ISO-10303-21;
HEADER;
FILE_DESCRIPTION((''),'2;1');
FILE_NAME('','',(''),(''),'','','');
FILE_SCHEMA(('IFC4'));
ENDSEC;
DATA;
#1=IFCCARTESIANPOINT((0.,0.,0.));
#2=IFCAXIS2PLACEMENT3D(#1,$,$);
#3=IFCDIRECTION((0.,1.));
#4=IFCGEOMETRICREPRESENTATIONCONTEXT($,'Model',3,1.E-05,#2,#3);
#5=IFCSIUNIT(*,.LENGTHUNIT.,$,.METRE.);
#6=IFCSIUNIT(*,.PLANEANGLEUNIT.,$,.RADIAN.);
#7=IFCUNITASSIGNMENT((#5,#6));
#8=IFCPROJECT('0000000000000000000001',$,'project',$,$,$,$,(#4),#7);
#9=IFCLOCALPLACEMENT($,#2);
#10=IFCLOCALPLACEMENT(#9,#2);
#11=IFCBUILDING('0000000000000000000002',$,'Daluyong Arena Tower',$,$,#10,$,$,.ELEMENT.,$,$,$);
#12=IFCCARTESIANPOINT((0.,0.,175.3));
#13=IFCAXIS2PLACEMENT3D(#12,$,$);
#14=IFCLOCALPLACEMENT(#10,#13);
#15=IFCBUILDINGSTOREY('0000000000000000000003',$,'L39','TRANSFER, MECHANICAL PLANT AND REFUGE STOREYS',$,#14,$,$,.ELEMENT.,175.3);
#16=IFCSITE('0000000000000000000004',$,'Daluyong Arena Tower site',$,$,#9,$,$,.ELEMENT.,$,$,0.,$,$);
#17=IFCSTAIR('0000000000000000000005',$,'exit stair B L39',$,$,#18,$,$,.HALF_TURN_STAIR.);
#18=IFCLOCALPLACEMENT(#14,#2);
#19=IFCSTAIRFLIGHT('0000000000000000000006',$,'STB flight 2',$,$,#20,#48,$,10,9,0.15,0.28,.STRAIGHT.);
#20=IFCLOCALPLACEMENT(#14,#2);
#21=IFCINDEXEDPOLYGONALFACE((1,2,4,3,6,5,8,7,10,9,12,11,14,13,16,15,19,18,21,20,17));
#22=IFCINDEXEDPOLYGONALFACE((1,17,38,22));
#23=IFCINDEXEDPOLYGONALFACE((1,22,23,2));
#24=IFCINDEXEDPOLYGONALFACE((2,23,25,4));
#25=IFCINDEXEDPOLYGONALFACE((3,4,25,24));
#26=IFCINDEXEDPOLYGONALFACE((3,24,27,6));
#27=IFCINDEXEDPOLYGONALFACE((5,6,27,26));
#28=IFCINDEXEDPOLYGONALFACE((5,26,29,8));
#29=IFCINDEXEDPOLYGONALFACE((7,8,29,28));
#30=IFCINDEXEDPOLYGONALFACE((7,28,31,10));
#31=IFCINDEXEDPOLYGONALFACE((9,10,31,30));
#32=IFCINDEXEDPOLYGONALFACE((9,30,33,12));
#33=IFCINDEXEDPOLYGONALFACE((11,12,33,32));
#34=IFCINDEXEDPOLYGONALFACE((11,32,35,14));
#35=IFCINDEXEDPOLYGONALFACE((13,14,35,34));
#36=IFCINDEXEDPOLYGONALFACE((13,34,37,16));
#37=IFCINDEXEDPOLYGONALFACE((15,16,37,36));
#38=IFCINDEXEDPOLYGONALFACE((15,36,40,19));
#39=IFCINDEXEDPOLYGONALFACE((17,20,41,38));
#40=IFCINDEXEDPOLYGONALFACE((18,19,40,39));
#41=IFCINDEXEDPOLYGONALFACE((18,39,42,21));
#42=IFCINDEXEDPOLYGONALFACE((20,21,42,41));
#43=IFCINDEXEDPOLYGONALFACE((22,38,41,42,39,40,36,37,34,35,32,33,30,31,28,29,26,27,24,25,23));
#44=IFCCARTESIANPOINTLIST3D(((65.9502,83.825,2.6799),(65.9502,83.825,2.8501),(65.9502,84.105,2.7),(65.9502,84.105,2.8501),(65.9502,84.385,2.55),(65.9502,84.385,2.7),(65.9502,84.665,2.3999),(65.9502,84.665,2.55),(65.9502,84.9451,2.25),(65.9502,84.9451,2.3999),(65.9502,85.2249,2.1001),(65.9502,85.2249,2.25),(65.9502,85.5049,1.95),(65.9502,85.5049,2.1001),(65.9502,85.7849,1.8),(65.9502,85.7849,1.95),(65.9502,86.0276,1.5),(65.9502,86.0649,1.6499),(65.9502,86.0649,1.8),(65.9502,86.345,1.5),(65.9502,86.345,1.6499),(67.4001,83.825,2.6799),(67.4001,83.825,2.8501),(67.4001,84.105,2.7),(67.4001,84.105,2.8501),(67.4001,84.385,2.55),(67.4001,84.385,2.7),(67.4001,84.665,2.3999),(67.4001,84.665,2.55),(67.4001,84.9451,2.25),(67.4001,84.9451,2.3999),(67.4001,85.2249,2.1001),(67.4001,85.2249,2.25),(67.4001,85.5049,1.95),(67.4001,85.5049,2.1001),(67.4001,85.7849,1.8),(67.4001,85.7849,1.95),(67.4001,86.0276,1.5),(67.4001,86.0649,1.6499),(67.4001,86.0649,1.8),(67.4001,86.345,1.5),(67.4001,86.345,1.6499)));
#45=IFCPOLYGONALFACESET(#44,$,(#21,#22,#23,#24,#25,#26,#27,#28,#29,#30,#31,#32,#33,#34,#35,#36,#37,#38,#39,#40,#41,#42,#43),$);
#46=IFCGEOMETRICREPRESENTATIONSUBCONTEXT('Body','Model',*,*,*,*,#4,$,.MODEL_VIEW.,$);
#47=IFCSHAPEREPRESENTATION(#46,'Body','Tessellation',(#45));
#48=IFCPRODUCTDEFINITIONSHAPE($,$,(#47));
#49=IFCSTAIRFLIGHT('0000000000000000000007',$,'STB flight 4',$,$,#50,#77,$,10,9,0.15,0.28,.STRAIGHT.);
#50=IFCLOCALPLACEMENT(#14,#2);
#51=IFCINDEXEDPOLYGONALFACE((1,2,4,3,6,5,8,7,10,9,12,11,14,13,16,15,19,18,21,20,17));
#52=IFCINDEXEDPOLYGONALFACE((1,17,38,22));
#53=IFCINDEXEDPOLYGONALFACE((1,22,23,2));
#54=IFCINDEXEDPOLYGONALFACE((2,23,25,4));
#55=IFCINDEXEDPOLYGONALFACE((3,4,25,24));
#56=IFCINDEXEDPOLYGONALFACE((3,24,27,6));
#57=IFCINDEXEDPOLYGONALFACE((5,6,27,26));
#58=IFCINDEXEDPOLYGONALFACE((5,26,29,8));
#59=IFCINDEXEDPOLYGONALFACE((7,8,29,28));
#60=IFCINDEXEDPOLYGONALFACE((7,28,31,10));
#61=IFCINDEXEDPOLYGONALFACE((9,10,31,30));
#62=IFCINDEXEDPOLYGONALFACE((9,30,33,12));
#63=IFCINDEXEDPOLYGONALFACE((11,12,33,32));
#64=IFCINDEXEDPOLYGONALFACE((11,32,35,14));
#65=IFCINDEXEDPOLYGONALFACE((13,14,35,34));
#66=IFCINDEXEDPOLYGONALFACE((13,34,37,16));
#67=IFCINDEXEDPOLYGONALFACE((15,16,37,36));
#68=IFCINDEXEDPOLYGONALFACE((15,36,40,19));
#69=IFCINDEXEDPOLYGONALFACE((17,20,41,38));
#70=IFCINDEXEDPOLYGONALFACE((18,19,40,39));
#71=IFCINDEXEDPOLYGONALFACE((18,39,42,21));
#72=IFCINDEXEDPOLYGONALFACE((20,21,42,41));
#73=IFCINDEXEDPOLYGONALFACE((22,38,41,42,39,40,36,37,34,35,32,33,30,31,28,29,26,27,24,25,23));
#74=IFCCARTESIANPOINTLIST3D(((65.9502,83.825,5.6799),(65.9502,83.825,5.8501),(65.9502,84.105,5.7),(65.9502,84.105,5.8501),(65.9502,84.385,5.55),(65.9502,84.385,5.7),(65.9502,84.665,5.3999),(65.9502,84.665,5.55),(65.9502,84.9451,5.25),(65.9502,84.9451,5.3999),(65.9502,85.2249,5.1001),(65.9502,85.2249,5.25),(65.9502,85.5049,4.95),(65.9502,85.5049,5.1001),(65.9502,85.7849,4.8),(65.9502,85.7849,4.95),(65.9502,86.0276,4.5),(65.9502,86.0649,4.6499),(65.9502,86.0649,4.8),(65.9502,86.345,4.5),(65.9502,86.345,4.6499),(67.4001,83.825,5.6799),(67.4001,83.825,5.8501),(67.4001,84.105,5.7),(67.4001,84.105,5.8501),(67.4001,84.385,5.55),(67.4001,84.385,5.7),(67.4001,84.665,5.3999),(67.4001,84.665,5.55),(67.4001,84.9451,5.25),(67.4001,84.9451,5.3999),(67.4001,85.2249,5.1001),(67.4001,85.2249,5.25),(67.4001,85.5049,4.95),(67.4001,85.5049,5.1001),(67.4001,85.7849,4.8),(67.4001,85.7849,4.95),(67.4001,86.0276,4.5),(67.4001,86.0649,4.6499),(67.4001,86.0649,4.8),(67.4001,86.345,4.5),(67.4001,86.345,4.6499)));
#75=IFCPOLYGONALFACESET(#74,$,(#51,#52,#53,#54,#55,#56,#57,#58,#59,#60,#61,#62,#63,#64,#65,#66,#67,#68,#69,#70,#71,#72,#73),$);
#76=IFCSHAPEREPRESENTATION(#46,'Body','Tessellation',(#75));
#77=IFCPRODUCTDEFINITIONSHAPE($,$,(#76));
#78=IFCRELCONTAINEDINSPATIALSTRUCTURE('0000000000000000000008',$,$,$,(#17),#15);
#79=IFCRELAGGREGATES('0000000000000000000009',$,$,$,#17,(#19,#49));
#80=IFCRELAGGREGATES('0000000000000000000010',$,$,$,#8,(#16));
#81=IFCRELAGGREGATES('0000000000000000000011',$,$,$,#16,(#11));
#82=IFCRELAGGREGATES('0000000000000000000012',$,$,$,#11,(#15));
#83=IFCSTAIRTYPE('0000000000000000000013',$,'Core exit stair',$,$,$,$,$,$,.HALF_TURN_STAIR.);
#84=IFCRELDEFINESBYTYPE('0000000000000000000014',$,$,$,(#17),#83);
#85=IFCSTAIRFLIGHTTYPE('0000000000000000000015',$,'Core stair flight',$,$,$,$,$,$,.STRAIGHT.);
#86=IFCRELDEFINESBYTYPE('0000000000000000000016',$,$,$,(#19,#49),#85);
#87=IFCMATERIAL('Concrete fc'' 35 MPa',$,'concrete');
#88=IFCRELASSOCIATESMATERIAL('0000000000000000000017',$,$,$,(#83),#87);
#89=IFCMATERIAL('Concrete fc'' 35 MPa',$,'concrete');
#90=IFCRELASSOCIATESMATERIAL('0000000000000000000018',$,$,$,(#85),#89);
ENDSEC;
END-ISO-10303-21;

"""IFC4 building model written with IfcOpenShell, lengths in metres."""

from ifc_helpers import new_model, si_unit, direction, frame, origin, place, context, subcontext, project, spatial, polyline, outline, extrude, material, type_object, element, aggregate, save


model = new_model("IFC4")

# Units and contexts
model_context = context("Model", 3, precision=1e-05, world=origin(), true_north=direction((0.0, 1.0)))
body_context = subcontext(model_context, "Body", "Model", "MODEL_VIEW")
ifc_project = project(units=[si_unit("LENGTHUNIT", "METRE"), si_unit("PLANEANGLEUNIT", "RADIAN")], contexts=[model_context])

# Site, building, storey
site_placement = place(None, origin())
site = spatial("IfcSite", under=ifc_project, at=site_placement, Name="Daluyong Arena Tower site", CompositionType="ELEMENT", RefElevation=0.0)
building_placement = place(site_placement, origin())
building = spatial("IfcBuilding", under=site, at=building_placement, Name="Daluyong Arena Tower", CompositionType="ELEMENT")
storey_placement = place(building_placement, frame((0.0, 0.0, 175.3)))
storey = spatial("IfcBuildingStorey", under=building, at=storey_placement, Name="L39", Description="TRANSFER, MECHANICAL PLANT AND REFUGE STOREYS", CompositionType="ELEMENT", Elevation=175.3)

# Stair, stair flights
ifc_material_1 = material(Name="Concrete fc' 35 MPa", Category="concrete")
stair_type = type_object("IfcStairType", Name="Core exit stair", PredefinedType="HALF_TURN_STAIR", material=ifc_material_1)
stair_placement = place(storey_placement, origin())
stair = element("IfcStair", 1, at=stair_placement, inside=storey, type_object=stair_type, Name="exit stair B L39", PredefinedType="HALF_TURN_STAIR")
ifc_material_2 = material(Name="Concrete fc' 35 MPa", Category="concrete")
stair_flight_type = type_object("IfcStairFlightType", Name="Core stair flight", PredefinedType="STRAIGHT", material=ifc_material_2)
stair_flight_1_placement = place(storey_placement, frame((66.675, 86.345, 1.5), z_axis=(0.0, 0.0, 1.0), x_axis=(0.0, -1.0, 0.0)))
stair_flight_1 = element("IfcStairFlight", 2, at=stair_flight_1_placement, type_object=stair_flight_type, Name="STB flight 2", NumberOfRisers=10, NumberOfTreads=9, PredefinedType="STRAIGHT", RiserHeight=0.15, TreadLength=0.28, context=body_context, shape_type="SweptSolid", body=[
    extrude(outline(polyline([(0.0, 0.0), (0.0, 0.1499), (0.28, 0.1499), (0.28, 0.3), (0.5601, 0.3), (0.5601, 0.45), (0.8401, 0.45), (0.8401, 0.6001), (1.1201, 0.6001), (1.1201, 0.75), (1.3999, 0.75), (1.3999, 0.8999), (1.6799, 0.8999), (1.6799, 1.05), (1.96, 1.05), (1.96, 1.2), (2.24, 1.2), (2.24, 1.3501), (2.52, 1.3501), (2.52, 1.5), (2.52, 1.1799), (0.3174, 0.0), (0.0, 0.0)])), frame((0.0, 0.7251, 0.0), z_axis=(0.0, -1.0, 0.0), x_axis=(1.0, 0.0, 0.0)), (0.0, 0.0, 1.0), 1.45),
])
stair_flight_2_placement = place(storey_placement, frame((66.675, 86.345, 4.5), z_axis=(0.0, 0.0, 1.0), x_axis=(0.0, -1.0, 0.0)))
stair_flight_2 = element("IfcStairFlight", 3, at=stair_flight_2_placement, type_object=stair_flight_type, Name="STB flight 4", NumberOfRisers=10, NumberOfTreads=9, PredefinedType="STRAIGHT", RiserHeight=0.15, TreadLength=0.28, context=body_context, shape_type="SweptSolid", body=[
    extrude(outline(polyline([(0.0, 0.0), (0.0, 0.1499), (0.28, 0.1499), (0.28, 0.3), (0.5601, 0.3), (0.5601, 0.45), (0.8401, 0.45), (0.8401, 0.6001), (1.1201, 0.6001), (1.1201, 0.75), (1.3999, 0.75), (1.3999, 0.8999), (1.6799, 0.8999), (1.6799, 1.05), (1.96, 1.05), (1.96, 1.2), (2.24, 1.2), (2.24, 1.3501), (2.52, 1.3501), (2.52, 1.5), (2.52, 1.1799), (0.3174, 0.0), (0.0, 0.0)])), frame((0.0, 0.7251, 0.0), z_axis=(0.0, -1.0, 0.0), x_axis=(1.0, 0.0, 0.0)), (0.0, 0.0, 1.0), 1.45),
])
aggregate(stair, [stair_flight_1, stair_flight_2])

save(model, "model.ifc")
